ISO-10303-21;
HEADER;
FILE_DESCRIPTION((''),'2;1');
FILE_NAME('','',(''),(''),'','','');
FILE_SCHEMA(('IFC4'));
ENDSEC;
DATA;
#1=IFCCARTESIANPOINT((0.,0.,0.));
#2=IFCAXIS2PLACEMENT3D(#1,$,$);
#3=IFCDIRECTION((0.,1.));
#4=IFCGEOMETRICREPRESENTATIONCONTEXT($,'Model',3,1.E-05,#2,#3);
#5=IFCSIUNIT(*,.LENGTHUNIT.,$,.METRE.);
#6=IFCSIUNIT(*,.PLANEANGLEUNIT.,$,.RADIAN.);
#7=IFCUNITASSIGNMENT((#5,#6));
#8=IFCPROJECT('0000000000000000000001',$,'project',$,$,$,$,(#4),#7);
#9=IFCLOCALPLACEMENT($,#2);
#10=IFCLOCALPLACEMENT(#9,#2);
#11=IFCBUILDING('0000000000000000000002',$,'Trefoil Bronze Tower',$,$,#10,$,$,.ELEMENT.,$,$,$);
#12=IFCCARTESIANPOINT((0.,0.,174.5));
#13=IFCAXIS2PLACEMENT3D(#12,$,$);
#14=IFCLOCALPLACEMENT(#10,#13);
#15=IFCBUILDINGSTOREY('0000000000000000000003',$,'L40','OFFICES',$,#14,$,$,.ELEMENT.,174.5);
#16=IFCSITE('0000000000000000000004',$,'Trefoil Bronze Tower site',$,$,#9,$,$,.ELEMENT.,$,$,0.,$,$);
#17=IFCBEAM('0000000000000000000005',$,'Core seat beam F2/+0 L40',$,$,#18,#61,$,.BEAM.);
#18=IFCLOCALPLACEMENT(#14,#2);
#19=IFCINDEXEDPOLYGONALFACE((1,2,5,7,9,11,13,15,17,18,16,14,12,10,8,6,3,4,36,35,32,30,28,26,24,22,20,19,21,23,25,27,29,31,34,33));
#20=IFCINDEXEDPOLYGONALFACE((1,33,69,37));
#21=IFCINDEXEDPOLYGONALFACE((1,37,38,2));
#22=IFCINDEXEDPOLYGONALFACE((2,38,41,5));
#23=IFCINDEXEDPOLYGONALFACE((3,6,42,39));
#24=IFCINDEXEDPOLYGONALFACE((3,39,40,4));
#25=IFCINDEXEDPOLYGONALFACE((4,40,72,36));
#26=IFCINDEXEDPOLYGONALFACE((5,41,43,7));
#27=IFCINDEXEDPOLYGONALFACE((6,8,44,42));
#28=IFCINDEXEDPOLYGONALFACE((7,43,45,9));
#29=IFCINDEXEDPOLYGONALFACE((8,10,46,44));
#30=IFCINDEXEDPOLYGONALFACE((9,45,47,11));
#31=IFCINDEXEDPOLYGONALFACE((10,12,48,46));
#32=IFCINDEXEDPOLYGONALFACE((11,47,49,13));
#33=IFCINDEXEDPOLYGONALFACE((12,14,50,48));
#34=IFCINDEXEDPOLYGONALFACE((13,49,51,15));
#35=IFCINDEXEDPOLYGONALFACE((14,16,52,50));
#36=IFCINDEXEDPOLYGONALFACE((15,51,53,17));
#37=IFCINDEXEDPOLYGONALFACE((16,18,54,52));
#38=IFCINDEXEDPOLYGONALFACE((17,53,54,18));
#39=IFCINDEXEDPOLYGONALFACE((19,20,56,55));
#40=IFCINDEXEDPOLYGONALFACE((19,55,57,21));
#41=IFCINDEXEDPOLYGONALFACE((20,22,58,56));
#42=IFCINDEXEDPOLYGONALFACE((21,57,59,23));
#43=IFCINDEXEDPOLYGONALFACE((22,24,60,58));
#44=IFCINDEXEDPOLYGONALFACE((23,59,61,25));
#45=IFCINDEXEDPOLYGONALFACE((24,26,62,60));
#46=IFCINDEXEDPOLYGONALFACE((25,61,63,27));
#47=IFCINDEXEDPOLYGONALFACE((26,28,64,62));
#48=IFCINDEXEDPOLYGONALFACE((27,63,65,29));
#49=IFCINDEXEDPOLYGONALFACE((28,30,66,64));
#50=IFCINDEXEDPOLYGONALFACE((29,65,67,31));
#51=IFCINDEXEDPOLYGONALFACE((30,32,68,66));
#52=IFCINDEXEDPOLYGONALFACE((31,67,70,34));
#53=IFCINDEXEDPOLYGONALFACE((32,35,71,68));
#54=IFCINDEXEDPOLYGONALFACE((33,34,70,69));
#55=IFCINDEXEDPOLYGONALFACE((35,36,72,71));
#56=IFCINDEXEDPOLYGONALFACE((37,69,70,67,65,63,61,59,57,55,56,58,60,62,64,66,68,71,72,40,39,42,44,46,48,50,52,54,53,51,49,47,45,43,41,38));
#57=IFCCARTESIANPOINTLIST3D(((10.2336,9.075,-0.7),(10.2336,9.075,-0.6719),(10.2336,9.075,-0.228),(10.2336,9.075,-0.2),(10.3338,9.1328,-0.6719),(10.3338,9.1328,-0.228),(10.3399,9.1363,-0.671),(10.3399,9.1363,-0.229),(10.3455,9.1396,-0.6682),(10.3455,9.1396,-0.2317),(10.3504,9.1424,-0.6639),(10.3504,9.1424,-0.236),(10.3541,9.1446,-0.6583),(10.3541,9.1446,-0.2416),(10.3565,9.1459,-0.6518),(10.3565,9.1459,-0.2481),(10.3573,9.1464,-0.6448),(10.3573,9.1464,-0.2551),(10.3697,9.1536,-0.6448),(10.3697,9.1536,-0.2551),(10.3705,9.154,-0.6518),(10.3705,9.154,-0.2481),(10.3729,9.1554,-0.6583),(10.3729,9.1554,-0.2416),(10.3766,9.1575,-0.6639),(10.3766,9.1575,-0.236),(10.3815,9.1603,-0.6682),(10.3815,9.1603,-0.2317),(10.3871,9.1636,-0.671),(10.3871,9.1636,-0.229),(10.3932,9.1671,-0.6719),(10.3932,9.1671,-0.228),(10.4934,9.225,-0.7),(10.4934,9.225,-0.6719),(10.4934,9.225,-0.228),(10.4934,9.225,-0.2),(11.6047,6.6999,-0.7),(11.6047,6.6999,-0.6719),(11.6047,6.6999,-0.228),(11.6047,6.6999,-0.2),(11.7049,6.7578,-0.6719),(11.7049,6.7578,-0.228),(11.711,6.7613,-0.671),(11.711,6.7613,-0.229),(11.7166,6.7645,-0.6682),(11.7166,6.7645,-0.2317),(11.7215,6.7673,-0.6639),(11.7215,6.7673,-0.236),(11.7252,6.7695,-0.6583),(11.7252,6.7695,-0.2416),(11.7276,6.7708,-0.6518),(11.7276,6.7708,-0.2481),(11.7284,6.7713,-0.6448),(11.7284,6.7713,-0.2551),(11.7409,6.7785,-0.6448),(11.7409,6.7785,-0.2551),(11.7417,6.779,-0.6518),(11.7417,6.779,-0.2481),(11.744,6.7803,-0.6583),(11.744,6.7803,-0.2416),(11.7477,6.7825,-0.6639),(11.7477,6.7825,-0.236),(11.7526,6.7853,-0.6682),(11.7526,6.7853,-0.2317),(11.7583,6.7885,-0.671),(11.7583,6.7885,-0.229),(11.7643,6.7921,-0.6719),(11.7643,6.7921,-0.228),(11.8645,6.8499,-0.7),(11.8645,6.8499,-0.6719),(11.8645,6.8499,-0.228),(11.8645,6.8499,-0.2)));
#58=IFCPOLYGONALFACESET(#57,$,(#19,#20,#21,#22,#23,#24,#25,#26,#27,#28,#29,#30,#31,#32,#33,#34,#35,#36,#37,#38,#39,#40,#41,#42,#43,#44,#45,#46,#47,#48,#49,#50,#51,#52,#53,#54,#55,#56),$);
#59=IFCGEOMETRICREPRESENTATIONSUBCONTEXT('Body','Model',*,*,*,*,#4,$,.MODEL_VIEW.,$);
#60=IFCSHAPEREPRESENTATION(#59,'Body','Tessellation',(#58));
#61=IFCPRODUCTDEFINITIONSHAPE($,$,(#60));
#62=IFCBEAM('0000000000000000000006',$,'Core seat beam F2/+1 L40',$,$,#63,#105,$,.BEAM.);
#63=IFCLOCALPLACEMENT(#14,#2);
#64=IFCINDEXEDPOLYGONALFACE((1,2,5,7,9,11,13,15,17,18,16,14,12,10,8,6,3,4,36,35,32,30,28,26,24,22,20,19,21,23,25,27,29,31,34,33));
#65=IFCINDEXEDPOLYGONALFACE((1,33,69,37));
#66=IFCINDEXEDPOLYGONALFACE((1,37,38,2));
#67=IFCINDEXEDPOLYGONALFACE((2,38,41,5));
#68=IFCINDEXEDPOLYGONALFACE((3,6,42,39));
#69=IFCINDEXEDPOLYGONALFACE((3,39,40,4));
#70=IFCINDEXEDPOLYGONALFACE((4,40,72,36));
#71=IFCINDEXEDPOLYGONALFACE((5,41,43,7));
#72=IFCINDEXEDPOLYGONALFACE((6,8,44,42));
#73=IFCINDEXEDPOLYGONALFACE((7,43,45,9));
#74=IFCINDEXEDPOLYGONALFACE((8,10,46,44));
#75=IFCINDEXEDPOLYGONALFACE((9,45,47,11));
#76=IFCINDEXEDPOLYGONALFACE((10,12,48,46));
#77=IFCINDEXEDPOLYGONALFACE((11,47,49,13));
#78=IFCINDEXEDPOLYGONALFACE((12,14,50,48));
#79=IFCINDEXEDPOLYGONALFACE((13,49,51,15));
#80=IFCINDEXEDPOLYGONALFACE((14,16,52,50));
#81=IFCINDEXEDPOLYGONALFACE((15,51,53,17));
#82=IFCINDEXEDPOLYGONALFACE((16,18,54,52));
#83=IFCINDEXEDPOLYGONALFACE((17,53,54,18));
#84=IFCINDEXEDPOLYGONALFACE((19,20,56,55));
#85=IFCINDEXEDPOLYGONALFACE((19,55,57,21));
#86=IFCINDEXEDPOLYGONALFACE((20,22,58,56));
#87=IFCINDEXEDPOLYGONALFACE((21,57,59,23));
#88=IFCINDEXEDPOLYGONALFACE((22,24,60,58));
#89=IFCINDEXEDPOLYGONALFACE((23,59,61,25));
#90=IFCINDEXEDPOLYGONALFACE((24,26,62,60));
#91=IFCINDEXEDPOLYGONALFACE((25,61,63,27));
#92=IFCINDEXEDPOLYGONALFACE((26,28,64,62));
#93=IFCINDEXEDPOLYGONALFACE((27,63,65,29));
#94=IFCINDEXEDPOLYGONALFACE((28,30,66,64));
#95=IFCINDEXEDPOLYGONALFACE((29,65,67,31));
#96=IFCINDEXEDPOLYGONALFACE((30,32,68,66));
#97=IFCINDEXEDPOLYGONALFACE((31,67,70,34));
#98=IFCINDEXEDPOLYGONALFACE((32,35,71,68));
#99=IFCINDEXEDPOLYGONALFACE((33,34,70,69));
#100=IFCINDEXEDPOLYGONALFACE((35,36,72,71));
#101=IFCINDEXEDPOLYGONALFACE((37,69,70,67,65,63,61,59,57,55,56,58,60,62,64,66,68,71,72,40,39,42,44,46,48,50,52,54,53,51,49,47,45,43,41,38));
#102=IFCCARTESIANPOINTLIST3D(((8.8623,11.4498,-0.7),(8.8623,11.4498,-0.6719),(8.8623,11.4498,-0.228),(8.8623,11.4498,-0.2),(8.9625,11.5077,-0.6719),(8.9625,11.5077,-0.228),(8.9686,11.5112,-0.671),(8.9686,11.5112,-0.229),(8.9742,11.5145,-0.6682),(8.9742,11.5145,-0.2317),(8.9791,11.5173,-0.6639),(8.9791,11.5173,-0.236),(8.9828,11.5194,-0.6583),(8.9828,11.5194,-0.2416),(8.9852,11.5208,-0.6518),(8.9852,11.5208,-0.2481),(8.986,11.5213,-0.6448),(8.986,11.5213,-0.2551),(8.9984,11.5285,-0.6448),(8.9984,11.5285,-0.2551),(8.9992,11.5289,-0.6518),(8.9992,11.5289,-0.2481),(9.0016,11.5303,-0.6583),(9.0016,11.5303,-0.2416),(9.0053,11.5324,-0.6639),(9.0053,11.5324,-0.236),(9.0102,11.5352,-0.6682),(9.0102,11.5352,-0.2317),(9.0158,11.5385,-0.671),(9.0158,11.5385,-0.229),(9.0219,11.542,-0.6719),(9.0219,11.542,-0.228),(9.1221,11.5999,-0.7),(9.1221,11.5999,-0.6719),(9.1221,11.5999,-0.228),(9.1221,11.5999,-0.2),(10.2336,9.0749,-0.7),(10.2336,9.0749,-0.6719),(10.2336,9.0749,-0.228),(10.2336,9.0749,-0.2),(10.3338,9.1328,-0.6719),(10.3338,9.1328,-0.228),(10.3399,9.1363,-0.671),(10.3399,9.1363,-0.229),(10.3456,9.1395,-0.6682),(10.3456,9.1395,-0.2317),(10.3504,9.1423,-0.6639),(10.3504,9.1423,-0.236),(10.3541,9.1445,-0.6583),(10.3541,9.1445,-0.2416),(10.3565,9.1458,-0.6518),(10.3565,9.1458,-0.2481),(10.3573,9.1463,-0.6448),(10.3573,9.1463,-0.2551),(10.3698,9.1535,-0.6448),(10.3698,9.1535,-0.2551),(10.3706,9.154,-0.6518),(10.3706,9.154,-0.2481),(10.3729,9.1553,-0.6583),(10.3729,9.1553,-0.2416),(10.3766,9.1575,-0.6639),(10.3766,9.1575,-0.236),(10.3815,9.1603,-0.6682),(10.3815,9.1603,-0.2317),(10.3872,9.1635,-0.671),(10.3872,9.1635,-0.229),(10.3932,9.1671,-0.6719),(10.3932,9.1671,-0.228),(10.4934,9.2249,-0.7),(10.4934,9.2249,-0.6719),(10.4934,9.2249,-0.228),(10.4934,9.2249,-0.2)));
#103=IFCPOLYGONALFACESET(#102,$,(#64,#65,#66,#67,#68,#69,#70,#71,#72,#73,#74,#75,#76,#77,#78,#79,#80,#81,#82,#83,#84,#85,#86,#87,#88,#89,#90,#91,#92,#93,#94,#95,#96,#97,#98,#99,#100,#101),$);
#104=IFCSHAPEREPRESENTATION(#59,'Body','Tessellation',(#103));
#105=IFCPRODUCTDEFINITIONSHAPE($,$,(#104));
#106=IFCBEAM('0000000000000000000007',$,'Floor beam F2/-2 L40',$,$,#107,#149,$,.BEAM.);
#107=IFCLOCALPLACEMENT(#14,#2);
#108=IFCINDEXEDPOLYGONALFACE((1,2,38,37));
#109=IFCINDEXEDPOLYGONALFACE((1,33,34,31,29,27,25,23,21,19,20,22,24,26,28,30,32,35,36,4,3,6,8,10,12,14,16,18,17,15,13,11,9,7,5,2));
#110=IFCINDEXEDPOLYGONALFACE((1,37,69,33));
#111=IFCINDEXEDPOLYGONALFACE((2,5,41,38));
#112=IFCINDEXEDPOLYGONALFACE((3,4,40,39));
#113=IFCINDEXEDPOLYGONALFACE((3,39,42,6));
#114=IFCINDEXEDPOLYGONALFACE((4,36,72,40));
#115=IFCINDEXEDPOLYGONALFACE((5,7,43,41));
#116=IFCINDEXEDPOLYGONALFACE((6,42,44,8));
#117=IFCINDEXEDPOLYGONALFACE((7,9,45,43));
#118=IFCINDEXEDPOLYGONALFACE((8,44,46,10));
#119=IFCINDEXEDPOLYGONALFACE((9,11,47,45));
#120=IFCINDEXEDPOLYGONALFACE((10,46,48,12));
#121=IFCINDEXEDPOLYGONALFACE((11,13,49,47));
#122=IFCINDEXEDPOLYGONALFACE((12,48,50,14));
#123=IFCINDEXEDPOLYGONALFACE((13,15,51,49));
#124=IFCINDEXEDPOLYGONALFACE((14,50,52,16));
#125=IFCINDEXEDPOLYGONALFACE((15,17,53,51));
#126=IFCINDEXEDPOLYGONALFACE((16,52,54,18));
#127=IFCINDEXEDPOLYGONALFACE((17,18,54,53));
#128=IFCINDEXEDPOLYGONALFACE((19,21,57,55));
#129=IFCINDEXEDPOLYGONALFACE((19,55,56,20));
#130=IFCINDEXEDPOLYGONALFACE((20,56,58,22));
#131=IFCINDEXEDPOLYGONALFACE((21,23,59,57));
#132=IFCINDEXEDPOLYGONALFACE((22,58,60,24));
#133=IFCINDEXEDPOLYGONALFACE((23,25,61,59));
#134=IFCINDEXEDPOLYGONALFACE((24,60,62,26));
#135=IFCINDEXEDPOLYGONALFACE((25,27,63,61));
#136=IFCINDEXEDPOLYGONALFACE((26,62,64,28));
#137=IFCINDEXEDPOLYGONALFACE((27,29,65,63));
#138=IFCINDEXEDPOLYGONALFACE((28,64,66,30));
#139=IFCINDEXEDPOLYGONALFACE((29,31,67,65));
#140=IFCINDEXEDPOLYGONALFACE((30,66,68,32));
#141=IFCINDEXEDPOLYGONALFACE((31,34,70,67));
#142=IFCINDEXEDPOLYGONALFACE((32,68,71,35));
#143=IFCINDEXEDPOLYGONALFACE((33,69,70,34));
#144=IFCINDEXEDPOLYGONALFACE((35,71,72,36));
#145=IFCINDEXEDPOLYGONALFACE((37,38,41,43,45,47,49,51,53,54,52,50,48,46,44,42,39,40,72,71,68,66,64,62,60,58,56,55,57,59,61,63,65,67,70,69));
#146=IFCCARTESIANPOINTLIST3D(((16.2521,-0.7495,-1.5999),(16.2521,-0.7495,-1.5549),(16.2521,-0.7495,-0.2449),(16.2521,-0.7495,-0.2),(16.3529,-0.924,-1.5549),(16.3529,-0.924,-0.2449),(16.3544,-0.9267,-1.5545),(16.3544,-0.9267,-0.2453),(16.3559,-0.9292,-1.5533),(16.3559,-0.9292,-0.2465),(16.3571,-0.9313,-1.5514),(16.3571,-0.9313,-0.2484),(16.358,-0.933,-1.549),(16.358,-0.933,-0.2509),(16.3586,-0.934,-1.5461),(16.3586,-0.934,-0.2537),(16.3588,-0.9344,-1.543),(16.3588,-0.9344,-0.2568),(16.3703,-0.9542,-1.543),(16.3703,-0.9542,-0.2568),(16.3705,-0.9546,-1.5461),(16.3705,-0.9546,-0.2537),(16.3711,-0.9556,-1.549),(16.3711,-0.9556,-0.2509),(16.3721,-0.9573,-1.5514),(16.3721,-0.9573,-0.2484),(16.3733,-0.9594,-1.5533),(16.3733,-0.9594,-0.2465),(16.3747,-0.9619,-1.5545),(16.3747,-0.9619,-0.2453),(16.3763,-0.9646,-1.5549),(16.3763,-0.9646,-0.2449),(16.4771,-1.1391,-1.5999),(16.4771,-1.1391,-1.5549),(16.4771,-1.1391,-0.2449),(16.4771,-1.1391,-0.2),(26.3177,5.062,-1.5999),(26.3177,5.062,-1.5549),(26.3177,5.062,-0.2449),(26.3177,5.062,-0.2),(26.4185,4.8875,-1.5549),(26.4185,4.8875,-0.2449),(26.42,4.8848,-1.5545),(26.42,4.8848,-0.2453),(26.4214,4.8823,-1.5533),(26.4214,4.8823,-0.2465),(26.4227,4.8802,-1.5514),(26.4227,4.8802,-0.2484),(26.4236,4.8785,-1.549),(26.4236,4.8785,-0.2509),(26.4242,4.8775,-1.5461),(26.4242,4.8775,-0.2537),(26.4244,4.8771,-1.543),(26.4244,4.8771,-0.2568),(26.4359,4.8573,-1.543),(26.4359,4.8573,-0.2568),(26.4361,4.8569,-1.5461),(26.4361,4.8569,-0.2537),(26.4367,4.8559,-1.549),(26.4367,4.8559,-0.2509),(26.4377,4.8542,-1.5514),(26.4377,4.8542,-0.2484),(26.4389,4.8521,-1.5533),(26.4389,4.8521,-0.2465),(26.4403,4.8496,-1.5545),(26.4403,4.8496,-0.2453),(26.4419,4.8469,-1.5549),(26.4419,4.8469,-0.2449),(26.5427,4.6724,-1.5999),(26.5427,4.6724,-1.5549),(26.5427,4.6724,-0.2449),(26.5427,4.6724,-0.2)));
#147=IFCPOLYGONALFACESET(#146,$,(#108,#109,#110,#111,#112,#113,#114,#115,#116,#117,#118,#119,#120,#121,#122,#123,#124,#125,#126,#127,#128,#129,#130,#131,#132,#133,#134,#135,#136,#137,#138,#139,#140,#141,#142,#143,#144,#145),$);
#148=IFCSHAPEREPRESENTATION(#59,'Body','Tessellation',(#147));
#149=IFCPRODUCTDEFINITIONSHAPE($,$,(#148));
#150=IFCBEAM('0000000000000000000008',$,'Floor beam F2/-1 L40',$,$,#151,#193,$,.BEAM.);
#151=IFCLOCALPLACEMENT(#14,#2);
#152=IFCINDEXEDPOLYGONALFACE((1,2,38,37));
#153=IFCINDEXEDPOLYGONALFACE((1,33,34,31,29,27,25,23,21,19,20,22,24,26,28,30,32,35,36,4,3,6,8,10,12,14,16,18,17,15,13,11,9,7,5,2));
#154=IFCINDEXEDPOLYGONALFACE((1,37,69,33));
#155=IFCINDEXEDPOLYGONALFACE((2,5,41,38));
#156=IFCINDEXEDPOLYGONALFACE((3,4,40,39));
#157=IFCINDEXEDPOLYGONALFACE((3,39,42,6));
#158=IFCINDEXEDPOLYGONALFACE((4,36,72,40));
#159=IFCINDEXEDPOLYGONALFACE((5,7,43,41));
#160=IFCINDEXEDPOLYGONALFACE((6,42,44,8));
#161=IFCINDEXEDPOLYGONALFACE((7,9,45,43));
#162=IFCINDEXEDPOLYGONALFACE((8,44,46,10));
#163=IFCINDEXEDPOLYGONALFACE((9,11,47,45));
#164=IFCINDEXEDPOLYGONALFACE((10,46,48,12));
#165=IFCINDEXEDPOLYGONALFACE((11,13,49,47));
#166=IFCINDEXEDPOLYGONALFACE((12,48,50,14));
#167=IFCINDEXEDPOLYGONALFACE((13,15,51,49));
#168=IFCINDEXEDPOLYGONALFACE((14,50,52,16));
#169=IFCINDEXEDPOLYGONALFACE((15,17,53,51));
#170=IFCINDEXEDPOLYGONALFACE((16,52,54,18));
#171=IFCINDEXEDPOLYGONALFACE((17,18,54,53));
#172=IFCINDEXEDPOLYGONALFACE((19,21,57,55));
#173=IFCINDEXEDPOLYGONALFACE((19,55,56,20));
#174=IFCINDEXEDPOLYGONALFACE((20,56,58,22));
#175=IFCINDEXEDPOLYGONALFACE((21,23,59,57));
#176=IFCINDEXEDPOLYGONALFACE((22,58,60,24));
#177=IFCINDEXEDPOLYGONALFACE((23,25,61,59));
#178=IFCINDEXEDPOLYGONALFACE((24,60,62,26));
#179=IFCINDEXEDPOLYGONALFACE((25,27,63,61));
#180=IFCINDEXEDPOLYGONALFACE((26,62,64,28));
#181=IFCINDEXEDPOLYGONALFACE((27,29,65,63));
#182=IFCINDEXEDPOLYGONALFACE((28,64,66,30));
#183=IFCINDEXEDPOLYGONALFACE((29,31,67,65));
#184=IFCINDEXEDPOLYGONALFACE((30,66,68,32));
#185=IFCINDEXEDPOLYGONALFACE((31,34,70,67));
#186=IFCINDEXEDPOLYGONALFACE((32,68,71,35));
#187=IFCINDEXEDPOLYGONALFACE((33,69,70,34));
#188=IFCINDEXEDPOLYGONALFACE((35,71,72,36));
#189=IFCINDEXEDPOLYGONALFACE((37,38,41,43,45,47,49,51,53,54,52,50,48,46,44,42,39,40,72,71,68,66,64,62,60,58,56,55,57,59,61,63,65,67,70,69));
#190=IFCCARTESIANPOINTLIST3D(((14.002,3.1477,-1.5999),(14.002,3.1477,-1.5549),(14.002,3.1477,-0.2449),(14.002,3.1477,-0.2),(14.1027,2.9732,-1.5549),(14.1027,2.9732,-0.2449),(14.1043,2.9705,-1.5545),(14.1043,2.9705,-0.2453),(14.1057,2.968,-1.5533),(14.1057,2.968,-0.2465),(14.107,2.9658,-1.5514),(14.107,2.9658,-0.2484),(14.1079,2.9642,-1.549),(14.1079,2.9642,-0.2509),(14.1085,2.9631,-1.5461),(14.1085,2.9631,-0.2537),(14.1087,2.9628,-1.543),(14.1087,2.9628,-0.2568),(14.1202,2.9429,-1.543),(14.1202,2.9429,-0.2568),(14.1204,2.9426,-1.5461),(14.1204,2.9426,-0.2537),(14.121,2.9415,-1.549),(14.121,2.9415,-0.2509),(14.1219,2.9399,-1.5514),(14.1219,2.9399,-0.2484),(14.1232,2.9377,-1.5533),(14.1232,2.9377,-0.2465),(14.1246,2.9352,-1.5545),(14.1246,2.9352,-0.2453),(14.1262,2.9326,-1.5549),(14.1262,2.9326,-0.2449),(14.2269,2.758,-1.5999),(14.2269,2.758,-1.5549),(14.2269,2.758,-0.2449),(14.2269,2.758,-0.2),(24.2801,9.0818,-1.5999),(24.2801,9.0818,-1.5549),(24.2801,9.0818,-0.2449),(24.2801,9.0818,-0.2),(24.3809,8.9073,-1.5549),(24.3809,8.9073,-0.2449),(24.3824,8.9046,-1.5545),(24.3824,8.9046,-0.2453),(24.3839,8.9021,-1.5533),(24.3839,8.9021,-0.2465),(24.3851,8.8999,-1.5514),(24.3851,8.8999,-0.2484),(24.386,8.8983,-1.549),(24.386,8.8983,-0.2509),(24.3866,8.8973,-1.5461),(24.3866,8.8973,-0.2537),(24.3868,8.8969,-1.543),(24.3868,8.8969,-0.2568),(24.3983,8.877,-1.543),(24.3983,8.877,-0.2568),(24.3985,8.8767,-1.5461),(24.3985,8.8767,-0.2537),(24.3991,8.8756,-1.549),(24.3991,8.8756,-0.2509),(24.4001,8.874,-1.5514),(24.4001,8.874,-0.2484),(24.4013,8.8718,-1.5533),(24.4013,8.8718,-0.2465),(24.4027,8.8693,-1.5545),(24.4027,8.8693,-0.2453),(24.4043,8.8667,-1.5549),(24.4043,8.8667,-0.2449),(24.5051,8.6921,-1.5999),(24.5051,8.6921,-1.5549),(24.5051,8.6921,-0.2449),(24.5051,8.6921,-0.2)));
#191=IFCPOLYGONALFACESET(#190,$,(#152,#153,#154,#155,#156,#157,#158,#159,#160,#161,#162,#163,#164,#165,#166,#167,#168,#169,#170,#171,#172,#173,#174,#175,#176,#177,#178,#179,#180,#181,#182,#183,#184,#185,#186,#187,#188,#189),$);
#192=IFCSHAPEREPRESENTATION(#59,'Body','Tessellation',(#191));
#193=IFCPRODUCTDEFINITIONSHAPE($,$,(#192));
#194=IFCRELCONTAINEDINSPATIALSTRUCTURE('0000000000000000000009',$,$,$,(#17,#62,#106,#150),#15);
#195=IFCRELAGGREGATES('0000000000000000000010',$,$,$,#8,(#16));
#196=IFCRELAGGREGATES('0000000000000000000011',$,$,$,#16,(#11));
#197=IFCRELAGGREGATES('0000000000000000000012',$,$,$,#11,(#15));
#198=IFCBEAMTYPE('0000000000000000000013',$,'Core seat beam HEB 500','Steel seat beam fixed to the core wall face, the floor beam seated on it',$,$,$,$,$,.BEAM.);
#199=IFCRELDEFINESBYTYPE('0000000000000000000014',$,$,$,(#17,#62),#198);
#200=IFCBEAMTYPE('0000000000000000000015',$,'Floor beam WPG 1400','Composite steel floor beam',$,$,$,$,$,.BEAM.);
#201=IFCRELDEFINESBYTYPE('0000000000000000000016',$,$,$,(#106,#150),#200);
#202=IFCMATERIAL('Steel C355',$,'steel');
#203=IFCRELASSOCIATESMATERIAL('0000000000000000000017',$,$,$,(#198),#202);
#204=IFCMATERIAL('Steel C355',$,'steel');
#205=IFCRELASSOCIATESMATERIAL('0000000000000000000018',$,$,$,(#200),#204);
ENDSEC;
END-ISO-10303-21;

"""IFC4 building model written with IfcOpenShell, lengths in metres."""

from ifc_helpers import new_model, si_unit, direction, frame, origin, origin_2d, place, context, subcontext, project, spatial, i_section, extrude, material, material_profile, profile_set, type_object, element, save


model = new_model("IFC4")

# Units and contexts
model_context = context("Model", 3, precision=1e-05, world=origin(), true_north=direction((0.0, 1.0)))
body_context = subcontext(model_context, "Body", "Model", "MODEL_VIEW")
ifc_project = project(units=[si_unit("LENGTHUNIT", "METRE"), si_unit("PLANEANGLEUNIT", "RADIAN")], contexts=[model_context])

# Site, building, storey
site_placement = place(None, origin())
site = spatial("IfcSite", under=ifc_project, at=site_placement, Name="Trefoil Bronze Tower site", CompositionType="ELEMENT", RefElevation=0.0)
building_placement = place(site_placement, origin())
building = spatial("IfcBuilding", under=site, at=building_placement, Name="Trefoil Bronze Tower", CompositionType="ELEMENT")
storey_placement = place(building_placement, frame((0.0, 0.0, 174.5)))
storey = spatial("IfcBuildingStorey", under=building, at=storey_placement, Name="L40", Description="OFFICES", CompositionType="ELEMENT", Elevation=174.5)

# Beams
ifc_material_1 = material(Name="Steel C355", Category="steel")
ifc_material_profile_1 = material_profile(ifc_material_1, i_section(OverallWidth=0.3, OverallDepth=0.5, WebThickness=0.0144, FlangeThickness=0.0281, FilletRadius=0.0271, at=origin_2d()), Name="HEB 500")
ifc_profile_set_1 = profile_set([ifc_material_profile_1], Name="Steel C355")
beam_type_1 = type_object("IfcBeamType", Name="Core seat beam HEB 500", Description="Steel seat beam fixed to the core wall face, the floor beam seated on it", PredefinedType="BEAM", material=ifc_profile_set_1)
for number, where, z_axis, x_axis, name in (
    (1, (11.7346, 6.7749, -0.45), (-0.499969, 0.866043, 0.0), (-0.866043, -0.499969, 0.0), "Core seat beam F2/+0 L40"),
    (2, (10.3635, 9.1499, -0.45), (-0.500036, 0.866005, 0.0), (-0.866005, -0.500036, 0.0), "Core seat beam F2/+1 L40"),
):
    element("IfcBeam", number, at=place(storey_placement, frame(where, z_axis=z_axis, x_axis=x_axis)), inside=storey, type_object=beam_type_1, Name=name, PredefinedType="BEAM", context=body_context, shape_type="SweptSolid", body=[
        extrude(i_section(OverallWidth=0.3, OverallDepth=0.5, WebThickness=0.0144, FlangeThickness=0.0281, FilletRadius=0.0271, at=origin_2d()), origin(), (0.0, 0.0, 1.0), 2.7424),
    ])
ifc_material_2 = material(Name="Steel C355", Category="steel")
ifc_material_profile_2 = material_profile(ifc_material_2, i_section(OverallWidth=0.45, OverallDepth=1.3999, WebThickness=0.0229, FlangeThickness=0.0449, FilletRadius=0.012, at=origin_2d()), Name="WPG 1400")
ifc_profile_set_2 = profile_set([ifc_material_profile_2], Name="Steel C355")
beam_type_2 = type_object("IfcBeamType", Name="Floor beam WPG 1400", Description="Composite steel floor beam", PredefinedType="BEAM", material=ifc_profile_set_2)
beam_1_placement = place(storey_placement, frame((26.4302, 4.8672, -0.8999), z_axis=(-0.866022, -0.500007, 0.0), x_axis=(0.500007, -0.866022, 0.0)))
element("IfcBeam", 3, at=beam_1_placement, inside=storey, type_object=beam_type_2, Name="Floor beam F2/-2 L40", PredefinedType="BEAM", context=body_context, shape_type="SweptSolid", body=[
    extrude(i_section(OverallWidth=0.45, OverallDepth=1.3999, WebThickness=0.0229, FlangeThickness=0.0449, FilletRadius=0.012, at=origin_2d()), origin(), (0.0, 0.0, 1.0), 11.6228),
])
beam_2_placement = place(storey_placement, frame((24.3926, 8.887, -0.8999), z_axis=(-0.866024, -0.500002, 0.0), x_axis=(0.500002, -0.866024, 0.0)))
element("IfcBeam", 4, at=beam_2_placement, inside=storey, type_object=beam_type_2, Name="Floor beam F2/-1 L40", PredefinedType="BEAM", context=body_context, shape_type="SweptSolid", body=[
    extrude(i_section(OverallWidth=0.45, OverallDepth=1.3999, WebThickness=0.0229, FlangeThickness=0.0449, FilletRadius=0.012, at=origin_2d()), origin(), (0.0, 0.0, 1.0), 11.8682),
])

save(model, "model.ifc")
